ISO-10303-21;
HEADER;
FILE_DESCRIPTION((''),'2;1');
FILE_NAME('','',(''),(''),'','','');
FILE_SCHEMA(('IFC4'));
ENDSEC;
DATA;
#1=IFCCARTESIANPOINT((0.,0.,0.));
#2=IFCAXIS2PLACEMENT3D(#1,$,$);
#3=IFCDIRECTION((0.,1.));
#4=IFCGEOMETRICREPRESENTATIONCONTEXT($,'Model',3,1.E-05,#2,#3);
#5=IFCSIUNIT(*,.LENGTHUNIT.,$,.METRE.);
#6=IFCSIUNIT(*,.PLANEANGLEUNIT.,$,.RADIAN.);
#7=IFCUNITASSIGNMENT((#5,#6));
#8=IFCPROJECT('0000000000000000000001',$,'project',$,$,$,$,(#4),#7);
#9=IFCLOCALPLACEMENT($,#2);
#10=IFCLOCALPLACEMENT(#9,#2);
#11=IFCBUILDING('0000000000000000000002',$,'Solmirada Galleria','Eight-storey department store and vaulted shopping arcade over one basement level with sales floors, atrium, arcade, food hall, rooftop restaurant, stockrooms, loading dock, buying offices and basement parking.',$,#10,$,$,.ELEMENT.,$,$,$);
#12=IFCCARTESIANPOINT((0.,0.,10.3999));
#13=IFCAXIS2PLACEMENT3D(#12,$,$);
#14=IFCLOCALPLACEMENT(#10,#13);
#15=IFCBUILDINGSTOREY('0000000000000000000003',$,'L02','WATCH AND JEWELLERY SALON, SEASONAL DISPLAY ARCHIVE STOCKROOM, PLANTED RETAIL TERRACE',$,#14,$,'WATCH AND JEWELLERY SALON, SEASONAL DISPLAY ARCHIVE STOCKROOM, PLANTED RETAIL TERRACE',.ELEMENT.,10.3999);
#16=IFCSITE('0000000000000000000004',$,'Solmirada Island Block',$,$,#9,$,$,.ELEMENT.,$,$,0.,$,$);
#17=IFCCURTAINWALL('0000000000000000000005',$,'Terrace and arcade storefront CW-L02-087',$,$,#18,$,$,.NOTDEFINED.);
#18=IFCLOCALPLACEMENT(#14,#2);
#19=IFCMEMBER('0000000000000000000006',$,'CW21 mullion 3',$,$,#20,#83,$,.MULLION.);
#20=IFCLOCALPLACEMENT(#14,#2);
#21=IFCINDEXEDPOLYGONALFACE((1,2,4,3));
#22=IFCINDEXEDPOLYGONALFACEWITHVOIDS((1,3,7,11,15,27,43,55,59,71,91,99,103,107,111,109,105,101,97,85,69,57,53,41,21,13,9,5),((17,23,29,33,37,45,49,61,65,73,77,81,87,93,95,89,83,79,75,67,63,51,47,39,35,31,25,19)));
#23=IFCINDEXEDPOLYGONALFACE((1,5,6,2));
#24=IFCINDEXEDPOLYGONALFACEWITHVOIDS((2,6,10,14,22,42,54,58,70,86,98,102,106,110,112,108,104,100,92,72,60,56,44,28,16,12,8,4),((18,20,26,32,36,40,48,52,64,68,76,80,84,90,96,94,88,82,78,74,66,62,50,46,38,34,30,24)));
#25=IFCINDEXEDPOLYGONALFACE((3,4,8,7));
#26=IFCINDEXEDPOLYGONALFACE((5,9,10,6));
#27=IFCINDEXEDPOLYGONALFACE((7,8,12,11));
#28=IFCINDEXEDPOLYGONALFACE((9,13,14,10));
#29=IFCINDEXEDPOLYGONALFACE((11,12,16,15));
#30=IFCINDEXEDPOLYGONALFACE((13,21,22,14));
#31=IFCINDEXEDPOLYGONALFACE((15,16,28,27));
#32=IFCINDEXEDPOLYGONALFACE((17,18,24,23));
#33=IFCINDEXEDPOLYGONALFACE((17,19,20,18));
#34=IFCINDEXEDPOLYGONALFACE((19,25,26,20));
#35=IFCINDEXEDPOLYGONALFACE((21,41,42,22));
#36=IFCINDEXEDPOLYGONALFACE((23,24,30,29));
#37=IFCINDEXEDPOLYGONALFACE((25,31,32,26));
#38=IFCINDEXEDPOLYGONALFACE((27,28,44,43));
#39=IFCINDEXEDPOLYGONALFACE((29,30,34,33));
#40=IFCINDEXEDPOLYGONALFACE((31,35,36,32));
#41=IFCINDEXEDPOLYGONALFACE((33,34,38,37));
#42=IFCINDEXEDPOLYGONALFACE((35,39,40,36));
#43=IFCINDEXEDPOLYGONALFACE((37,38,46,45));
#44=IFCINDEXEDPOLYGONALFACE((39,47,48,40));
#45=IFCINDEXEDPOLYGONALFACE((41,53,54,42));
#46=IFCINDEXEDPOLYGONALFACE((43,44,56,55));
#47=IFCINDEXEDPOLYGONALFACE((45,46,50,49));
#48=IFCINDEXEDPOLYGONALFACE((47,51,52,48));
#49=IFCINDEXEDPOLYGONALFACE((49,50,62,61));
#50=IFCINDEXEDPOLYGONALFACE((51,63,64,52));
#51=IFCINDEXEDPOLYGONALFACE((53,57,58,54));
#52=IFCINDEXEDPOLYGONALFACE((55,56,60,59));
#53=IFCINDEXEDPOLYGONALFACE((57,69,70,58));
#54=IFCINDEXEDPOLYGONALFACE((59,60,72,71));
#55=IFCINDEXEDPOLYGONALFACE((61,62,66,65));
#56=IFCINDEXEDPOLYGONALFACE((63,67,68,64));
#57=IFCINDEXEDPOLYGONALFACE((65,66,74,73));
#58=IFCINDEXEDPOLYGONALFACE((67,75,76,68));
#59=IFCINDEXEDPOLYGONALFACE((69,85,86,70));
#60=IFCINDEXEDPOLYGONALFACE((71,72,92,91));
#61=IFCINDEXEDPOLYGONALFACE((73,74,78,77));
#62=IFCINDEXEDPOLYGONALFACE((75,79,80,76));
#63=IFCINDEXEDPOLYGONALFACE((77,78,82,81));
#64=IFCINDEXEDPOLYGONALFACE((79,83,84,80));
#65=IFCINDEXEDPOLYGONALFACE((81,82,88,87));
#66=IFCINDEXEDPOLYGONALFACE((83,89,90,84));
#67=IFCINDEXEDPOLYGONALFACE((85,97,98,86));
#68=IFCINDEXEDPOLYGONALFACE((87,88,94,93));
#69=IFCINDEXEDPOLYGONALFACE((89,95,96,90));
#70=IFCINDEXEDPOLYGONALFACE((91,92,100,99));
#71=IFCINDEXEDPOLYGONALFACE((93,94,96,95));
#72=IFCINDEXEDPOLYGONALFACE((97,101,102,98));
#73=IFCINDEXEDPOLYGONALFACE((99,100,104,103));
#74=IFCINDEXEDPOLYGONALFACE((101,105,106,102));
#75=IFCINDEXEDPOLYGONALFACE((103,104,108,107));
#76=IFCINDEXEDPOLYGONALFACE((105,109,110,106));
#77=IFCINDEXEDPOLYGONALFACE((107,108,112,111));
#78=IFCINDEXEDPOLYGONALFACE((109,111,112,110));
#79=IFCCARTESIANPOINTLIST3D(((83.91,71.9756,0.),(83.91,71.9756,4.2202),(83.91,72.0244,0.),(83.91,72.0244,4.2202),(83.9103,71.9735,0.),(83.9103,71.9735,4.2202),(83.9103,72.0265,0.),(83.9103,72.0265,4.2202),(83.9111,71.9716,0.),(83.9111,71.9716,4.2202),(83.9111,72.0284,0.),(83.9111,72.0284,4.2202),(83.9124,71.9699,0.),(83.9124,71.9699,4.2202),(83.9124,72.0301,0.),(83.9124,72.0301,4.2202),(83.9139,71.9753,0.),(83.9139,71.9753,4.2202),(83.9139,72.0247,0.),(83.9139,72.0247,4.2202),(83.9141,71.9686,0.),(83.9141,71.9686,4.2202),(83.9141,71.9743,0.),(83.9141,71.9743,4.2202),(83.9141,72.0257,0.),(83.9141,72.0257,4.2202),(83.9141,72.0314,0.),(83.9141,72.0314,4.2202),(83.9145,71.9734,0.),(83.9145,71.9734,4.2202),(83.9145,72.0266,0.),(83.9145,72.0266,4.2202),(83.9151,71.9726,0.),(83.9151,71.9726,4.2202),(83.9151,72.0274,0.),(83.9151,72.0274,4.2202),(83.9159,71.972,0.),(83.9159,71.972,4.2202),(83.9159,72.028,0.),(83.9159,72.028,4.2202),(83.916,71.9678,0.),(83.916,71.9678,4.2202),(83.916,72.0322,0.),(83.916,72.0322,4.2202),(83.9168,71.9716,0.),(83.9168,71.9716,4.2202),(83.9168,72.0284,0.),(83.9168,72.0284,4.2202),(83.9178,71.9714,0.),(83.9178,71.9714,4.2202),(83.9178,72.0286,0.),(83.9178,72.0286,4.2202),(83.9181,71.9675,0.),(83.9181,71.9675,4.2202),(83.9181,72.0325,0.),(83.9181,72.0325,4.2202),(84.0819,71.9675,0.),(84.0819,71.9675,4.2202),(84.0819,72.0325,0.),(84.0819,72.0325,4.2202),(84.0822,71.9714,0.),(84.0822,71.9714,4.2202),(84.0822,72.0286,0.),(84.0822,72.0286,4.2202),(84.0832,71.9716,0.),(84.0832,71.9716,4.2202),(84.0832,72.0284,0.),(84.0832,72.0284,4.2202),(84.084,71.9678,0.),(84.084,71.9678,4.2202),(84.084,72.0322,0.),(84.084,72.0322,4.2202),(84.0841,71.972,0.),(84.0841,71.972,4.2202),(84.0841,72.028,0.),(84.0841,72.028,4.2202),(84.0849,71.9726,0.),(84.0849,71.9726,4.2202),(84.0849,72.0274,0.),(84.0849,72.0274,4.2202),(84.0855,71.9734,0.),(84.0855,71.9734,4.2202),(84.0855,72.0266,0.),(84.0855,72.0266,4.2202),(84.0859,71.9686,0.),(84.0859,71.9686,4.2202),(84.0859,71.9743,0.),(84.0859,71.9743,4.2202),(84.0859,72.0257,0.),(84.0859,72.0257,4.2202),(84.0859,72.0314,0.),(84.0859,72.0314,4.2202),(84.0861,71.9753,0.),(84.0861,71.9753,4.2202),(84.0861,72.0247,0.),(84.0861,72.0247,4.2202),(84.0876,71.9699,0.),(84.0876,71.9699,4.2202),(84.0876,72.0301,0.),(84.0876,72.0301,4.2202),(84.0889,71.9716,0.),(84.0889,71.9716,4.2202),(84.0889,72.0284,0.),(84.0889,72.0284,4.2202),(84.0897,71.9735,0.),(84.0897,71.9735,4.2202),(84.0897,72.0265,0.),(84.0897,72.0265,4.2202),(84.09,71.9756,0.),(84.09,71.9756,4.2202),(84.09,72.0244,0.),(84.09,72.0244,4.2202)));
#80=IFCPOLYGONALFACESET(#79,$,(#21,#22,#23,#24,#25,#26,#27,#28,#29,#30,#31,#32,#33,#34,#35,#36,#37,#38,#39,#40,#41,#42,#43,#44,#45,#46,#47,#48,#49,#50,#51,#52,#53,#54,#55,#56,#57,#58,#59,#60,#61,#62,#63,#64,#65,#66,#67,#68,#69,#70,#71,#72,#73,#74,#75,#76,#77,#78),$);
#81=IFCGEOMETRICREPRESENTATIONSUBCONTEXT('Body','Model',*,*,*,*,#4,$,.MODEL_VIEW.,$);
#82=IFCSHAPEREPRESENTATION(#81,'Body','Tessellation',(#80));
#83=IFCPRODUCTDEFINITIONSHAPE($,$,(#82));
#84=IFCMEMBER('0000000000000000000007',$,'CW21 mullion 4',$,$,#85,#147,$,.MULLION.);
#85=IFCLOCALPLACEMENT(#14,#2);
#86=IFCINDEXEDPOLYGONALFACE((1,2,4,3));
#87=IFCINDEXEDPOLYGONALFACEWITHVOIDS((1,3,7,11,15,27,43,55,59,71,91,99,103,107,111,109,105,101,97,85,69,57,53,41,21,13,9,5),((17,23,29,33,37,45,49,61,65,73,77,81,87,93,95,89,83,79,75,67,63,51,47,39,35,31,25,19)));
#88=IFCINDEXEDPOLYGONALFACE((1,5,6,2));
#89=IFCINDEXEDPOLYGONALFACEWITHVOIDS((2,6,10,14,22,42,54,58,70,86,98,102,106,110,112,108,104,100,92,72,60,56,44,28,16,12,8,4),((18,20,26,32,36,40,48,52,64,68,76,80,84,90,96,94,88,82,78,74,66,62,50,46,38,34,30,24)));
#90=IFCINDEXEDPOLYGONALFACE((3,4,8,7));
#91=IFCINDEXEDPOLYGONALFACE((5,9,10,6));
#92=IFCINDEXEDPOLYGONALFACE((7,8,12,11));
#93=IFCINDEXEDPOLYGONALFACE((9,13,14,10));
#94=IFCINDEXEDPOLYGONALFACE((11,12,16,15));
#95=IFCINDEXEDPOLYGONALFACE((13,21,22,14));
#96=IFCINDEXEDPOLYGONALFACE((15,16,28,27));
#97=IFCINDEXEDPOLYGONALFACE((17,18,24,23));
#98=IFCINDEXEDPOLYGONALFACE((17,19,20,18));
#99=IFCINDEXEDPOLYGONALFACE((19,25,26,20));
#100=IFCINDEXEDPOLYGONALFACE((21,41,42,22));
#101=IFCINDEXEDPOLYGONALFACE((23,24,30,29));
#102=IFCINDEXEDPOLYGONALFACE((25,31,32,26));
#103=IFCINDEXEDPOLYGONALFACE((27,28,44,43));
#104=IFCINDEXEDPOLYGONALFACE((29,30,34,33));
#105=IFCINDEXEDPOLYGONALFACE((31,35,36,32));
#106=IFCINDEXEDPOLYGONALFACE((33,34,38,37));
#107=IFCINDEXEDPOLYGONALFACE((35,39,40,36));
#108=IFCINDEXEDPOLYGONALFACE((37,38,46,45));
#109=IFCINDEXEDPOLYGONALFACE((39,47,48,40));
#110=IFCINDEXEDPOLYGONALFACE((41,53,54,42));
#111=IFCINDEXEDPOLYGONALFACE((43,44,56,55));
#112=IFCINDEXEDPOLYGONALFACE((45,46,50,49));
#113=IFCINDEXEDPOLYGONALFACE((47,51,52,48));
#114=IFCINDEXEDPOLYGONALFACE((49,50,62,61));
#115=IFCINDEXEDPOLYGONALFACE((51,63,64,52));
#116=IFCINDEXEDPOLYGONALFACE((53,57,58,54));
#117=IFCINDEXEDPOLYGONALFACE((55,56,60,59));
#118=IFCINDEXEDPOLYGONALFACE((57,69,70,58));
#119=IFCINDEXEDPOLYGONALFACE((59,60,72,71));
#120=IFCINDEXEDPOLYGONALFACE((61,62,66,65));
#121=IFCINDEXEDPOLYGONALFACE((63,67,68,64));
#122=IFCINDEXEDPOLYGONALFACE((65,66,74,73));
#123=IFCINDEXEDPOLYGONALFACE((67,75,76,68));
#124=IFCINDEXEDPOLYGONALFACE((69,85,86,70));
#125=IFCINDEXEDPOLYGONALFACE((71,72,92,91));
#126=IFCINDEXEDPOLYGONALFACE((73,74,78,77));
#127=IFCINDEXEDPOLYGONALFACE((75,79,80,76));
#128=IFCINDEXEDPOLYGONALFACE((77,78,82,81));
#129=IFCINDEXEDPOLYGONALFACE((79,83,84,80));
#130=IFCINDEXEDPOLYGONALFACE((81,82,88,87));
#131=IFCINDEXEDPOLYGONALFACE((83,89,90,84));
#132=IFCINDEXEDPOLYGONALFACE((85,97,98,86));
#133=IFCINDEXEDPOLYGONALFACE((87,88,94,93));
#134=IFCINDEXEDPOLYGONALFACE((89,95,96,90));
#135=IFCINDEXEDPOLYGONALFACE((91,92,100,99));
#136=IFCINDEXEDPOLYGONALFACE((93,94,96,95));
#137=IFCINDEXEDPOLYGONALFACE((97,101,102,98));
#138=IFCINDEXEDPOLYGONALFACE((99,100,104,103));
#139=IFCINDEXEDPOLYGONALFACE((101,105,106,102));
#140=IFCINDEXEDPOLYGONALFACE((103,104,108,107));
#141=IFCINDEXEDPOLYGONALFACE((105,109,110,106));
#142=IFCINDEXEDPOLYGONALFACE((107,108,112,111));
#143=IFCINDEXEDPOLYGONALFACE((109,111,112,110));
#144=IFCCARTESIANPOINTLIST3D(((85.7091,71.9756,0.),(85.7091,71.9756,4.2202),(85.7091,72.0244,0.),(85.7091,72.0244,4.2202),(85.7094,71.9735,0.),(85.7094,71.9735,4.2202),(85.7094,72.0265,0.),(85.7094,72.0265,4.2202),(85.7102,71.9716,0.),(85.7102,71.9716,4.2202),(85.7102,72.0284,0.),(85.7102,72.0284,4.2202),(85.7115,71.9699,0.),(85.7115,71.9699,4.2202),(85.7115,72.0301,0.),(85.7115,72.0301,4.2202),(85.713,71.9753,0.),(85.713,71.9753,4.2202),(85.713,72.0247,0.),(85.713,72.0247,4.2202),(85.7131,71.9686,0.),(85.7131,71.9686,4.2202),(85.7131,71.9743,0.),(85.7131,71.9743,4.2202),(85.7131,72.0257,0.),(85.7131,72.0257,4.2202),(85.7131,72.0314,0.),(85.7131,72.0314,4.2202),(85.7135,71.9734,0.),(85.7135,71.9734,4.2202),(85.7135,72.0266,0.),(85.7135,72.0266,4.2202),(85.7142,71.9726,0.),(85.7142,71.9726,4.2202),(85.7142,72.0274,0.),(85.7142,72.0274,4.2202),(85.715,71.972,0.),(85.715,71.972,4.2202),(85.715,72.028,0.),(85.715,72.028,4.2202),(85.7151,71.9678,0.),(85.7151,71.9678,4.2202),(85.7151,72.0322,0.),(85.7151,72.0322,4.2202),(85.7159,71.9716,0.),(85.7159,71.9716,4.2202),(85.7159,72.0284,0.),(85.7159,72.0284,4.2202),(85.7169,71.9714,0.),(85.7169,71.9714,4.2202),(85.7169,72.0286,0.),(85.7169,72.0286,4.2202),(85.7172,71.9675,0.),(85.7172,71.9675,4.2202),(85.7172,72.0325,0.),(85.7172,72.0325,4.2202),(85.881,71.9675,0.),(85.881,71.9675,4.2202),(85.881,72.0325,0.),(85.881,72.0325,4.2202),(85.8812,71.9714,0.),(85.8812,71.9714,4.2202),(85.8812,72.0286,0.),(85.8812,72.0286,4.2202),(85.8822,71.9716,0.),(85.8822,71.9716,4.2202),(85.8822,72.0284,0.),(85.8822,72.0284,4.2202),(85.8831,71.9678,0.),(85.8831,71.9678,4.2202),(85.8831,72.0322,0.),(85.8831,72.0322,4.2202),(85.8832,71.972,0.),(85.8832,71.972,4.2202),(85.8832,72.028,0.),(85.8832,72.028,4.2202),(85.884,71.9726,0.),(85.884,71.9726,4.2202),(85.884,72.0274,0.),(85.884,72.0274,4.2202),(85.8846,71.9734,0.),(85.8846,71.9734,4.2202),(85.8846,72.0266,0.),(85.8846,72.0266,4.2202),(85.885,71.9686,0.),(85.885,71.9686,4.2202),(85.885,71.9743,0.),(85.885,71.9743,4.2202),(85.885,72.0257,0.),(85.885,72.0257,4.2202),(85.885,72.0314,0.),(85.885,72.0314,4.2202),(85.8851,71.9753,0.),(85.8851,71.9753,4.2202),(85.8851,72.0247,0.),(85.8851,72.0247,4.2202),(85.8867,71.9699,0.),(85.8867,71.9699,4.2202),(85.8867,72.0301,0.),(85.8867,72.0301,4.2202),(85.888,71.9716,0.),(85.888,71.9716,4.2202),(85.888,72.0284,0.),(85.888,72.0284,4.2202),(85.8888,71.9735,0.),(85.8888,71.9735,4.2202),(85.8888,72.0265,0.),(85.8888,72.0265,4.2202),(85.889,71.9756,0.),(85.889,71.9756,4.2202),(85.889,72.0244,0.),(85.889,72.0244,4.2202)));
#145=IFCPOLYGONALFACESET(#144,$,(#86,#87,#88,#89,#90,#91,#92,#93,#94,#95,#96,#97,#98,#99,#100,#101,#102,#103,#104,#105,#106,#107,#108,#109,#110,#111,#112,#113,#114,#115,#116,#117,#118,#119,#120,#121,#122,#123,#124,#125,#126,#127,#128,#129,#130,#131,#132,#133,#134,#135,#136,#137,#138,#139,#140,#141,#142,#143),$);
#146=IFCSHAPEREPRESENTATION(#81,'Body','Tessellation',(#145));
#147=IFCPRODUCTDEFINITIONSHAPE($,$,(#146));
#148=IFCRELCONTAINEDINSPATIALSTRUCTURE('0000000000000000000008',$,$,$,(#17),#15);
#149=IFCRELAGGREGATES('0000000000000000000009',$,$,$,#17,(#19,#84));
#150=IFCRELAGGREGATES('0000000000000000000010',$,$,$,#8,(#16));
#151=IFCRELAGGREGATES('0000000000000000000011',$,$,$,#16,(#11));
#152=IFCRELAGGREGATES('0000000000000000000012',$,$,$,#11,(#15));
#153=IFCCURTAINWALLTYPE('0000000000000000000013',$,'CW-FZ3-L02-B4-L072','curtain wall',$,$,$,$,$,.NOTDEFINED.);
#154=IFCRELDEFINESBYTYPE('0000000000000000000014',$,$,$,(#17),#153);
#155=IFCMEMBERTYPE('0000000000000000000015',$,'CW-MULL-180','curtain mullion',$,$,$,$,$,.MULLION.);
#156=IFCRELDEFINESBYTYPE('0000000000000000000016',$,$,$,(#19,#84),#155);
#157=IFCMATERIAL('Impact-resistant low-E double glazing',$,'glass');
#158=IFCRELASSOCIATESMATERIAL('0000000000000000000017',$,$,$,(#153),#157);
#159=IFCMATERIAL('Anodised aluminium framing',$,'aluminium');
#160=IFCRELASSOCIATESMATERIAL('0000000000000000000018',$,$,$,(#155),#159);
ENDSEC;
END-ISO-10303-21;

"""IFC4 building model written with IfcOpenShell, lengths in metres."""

from ifc_helpers import new_model, si_unit, direction, frame, origin, origin_2d, place, context, subcontext, project, spatial, hollow_rectangle, extrude, material, material_profile, profile_set, type_object, element, aggregate, save


model = new_model("IFC4")

# Units and contexts
model_context = context("Model", 3, precision=1e-05, world=origin(), true_north=direction((0.0, 1.0)))
body_context = subcontext(model_context, "Body", "Model", "MODEL_VIEW")
ifc_project = project(units=[si_unit("LENGTHUNIT", "METRE"), si_unit("PLANEANGLEUNIT", "RADIAN")], contexts=[model_context])

# Site, building, storey
site_placement = place(None, origin())
site = spatial("IfcSite", under=ifc_project, at=site_placement, Name="Solmirada Island Block", CompositionType="ELEMENT", RefElevation=0.0)
building_placement = place(site_placement, origin())
building = spatial("IfcBuilding", under=site, at=building_placement, Name="Solmirada Galleria", Description="Eight-storey department store and vaulted shopping arcade over one basement level with sales floors, atrium, arcade, food hall, rooftop restaurant, stockrooms, loading dock, buying offices and basement parking.", CompositionType="ELEMENT")
storey_placement = place(building_placement, frame((0.0, 0.0, 10.3999)))
storey = spatial("IfcBuildingStorey", under=building, at=storey_placement, Name="L02", Description="WATCH AND JEWELLERY SALON, SEASONAL DISPLAY ARCHIVE STOCKROOM, PLANTED RETAIL TERRACE", LongName="WATCH AND JEWELLERY SALON, SEASONAL DISPLAY ARCHIVE STOCKROOM, PLANTED RETAIL TERRACE", CompositionType="ELEMENT", Elevation=10.3999)

# Curtain wall, members
ifc_material_1 = material(Name="Impact-resistant low-E double glazing", Category="glass")
curtain_wall_type = type_object("IfcCurtainWallType", Name="CW-FZ3-L02-B4-L072", Description="curtain wall", PredefinedType="NOTDEFINED", material=ifc_material_1)
curtain_wall_placement = place(storey_placement, origin())
curtain_wall = element("IfcCurtainWall", 1, at=curtain_wall_placement, inside=storey, type_object=curtain_wall_type, Name="Terrace and arcade storefront CW-L02-087", PredefinedType="NOTDEFINED")
ifc_material_2 = material(Name="Anodised aluminium framing", Category="aluminium")
ifc_material_profile_1 = material_profile(ifc_material_2, hollow_rectangle(XDim=0.0649, YDim=0.1799, WallThickness=0.0039, InnerFilletRadius=0.0039, OuterFilletRadius=0.0081, at=origin_2d()), Name="ALU-MULL-180X65")
ifc_profile_set_1 = profile_set([ifc_material_profile_1], Name="Anodised aluminium framing")
member_type_1 = type_object("IfcMemberType", Name="CW-MULL-180", Description="curtain mullion", PredefinedType="MULLION", material=ifc_profile_set_1)
member_1_placement = place(storey_placement, frame((84.0, 72.0, 0.0), z_axis=(0.0, 0.0, 1.0), x_axis=(0.0, 1.0, 0.0)))
member_1 = element("IfcMember", 2, at=member_1_placement, type_object=member_type_1, Name="CW21 mullion 3", PredefinedType="MULLION", context=body_context, shape_type="SweptSolid", body=[
    extrude(hollow_rectangle(XDim=0.0649, YDim=0.1799, WallThickness=0.0039, InnerFilletRadius=0.0039, OuterFilletRadius=0.0081, at=origin_2d()), origin(), (0.0, 0.0, 1.0), 4.2202),
])
member_2_placement = place(storey_placement, frame((85.7991, 72.0, 0.0), z_axis=(0.0, 0.0, 1.0), x_axis=(0.0, 1.0, 0.0)))
member_2 = element("IfcMember", 3, at=member_2_placement, type_object=member_type_1, Name="CW21 mullion 4", PredefinedType="MULLION", context=body_context, shape_type="SweptSolid", body=[
    extrude(hollow_rectangle(XDim=0.0649, YDim=0.1799, WallThickness=0.0039, InnerFilletRadius=0.0039, OuterFilletRadius=0.0081, at=origin_2d()), origin(), (0.0, 0.0, 1.0), 4.2202),
])
aggregate(curtain_wall, [member_1, member_2])

save(model, "model.ifc")
